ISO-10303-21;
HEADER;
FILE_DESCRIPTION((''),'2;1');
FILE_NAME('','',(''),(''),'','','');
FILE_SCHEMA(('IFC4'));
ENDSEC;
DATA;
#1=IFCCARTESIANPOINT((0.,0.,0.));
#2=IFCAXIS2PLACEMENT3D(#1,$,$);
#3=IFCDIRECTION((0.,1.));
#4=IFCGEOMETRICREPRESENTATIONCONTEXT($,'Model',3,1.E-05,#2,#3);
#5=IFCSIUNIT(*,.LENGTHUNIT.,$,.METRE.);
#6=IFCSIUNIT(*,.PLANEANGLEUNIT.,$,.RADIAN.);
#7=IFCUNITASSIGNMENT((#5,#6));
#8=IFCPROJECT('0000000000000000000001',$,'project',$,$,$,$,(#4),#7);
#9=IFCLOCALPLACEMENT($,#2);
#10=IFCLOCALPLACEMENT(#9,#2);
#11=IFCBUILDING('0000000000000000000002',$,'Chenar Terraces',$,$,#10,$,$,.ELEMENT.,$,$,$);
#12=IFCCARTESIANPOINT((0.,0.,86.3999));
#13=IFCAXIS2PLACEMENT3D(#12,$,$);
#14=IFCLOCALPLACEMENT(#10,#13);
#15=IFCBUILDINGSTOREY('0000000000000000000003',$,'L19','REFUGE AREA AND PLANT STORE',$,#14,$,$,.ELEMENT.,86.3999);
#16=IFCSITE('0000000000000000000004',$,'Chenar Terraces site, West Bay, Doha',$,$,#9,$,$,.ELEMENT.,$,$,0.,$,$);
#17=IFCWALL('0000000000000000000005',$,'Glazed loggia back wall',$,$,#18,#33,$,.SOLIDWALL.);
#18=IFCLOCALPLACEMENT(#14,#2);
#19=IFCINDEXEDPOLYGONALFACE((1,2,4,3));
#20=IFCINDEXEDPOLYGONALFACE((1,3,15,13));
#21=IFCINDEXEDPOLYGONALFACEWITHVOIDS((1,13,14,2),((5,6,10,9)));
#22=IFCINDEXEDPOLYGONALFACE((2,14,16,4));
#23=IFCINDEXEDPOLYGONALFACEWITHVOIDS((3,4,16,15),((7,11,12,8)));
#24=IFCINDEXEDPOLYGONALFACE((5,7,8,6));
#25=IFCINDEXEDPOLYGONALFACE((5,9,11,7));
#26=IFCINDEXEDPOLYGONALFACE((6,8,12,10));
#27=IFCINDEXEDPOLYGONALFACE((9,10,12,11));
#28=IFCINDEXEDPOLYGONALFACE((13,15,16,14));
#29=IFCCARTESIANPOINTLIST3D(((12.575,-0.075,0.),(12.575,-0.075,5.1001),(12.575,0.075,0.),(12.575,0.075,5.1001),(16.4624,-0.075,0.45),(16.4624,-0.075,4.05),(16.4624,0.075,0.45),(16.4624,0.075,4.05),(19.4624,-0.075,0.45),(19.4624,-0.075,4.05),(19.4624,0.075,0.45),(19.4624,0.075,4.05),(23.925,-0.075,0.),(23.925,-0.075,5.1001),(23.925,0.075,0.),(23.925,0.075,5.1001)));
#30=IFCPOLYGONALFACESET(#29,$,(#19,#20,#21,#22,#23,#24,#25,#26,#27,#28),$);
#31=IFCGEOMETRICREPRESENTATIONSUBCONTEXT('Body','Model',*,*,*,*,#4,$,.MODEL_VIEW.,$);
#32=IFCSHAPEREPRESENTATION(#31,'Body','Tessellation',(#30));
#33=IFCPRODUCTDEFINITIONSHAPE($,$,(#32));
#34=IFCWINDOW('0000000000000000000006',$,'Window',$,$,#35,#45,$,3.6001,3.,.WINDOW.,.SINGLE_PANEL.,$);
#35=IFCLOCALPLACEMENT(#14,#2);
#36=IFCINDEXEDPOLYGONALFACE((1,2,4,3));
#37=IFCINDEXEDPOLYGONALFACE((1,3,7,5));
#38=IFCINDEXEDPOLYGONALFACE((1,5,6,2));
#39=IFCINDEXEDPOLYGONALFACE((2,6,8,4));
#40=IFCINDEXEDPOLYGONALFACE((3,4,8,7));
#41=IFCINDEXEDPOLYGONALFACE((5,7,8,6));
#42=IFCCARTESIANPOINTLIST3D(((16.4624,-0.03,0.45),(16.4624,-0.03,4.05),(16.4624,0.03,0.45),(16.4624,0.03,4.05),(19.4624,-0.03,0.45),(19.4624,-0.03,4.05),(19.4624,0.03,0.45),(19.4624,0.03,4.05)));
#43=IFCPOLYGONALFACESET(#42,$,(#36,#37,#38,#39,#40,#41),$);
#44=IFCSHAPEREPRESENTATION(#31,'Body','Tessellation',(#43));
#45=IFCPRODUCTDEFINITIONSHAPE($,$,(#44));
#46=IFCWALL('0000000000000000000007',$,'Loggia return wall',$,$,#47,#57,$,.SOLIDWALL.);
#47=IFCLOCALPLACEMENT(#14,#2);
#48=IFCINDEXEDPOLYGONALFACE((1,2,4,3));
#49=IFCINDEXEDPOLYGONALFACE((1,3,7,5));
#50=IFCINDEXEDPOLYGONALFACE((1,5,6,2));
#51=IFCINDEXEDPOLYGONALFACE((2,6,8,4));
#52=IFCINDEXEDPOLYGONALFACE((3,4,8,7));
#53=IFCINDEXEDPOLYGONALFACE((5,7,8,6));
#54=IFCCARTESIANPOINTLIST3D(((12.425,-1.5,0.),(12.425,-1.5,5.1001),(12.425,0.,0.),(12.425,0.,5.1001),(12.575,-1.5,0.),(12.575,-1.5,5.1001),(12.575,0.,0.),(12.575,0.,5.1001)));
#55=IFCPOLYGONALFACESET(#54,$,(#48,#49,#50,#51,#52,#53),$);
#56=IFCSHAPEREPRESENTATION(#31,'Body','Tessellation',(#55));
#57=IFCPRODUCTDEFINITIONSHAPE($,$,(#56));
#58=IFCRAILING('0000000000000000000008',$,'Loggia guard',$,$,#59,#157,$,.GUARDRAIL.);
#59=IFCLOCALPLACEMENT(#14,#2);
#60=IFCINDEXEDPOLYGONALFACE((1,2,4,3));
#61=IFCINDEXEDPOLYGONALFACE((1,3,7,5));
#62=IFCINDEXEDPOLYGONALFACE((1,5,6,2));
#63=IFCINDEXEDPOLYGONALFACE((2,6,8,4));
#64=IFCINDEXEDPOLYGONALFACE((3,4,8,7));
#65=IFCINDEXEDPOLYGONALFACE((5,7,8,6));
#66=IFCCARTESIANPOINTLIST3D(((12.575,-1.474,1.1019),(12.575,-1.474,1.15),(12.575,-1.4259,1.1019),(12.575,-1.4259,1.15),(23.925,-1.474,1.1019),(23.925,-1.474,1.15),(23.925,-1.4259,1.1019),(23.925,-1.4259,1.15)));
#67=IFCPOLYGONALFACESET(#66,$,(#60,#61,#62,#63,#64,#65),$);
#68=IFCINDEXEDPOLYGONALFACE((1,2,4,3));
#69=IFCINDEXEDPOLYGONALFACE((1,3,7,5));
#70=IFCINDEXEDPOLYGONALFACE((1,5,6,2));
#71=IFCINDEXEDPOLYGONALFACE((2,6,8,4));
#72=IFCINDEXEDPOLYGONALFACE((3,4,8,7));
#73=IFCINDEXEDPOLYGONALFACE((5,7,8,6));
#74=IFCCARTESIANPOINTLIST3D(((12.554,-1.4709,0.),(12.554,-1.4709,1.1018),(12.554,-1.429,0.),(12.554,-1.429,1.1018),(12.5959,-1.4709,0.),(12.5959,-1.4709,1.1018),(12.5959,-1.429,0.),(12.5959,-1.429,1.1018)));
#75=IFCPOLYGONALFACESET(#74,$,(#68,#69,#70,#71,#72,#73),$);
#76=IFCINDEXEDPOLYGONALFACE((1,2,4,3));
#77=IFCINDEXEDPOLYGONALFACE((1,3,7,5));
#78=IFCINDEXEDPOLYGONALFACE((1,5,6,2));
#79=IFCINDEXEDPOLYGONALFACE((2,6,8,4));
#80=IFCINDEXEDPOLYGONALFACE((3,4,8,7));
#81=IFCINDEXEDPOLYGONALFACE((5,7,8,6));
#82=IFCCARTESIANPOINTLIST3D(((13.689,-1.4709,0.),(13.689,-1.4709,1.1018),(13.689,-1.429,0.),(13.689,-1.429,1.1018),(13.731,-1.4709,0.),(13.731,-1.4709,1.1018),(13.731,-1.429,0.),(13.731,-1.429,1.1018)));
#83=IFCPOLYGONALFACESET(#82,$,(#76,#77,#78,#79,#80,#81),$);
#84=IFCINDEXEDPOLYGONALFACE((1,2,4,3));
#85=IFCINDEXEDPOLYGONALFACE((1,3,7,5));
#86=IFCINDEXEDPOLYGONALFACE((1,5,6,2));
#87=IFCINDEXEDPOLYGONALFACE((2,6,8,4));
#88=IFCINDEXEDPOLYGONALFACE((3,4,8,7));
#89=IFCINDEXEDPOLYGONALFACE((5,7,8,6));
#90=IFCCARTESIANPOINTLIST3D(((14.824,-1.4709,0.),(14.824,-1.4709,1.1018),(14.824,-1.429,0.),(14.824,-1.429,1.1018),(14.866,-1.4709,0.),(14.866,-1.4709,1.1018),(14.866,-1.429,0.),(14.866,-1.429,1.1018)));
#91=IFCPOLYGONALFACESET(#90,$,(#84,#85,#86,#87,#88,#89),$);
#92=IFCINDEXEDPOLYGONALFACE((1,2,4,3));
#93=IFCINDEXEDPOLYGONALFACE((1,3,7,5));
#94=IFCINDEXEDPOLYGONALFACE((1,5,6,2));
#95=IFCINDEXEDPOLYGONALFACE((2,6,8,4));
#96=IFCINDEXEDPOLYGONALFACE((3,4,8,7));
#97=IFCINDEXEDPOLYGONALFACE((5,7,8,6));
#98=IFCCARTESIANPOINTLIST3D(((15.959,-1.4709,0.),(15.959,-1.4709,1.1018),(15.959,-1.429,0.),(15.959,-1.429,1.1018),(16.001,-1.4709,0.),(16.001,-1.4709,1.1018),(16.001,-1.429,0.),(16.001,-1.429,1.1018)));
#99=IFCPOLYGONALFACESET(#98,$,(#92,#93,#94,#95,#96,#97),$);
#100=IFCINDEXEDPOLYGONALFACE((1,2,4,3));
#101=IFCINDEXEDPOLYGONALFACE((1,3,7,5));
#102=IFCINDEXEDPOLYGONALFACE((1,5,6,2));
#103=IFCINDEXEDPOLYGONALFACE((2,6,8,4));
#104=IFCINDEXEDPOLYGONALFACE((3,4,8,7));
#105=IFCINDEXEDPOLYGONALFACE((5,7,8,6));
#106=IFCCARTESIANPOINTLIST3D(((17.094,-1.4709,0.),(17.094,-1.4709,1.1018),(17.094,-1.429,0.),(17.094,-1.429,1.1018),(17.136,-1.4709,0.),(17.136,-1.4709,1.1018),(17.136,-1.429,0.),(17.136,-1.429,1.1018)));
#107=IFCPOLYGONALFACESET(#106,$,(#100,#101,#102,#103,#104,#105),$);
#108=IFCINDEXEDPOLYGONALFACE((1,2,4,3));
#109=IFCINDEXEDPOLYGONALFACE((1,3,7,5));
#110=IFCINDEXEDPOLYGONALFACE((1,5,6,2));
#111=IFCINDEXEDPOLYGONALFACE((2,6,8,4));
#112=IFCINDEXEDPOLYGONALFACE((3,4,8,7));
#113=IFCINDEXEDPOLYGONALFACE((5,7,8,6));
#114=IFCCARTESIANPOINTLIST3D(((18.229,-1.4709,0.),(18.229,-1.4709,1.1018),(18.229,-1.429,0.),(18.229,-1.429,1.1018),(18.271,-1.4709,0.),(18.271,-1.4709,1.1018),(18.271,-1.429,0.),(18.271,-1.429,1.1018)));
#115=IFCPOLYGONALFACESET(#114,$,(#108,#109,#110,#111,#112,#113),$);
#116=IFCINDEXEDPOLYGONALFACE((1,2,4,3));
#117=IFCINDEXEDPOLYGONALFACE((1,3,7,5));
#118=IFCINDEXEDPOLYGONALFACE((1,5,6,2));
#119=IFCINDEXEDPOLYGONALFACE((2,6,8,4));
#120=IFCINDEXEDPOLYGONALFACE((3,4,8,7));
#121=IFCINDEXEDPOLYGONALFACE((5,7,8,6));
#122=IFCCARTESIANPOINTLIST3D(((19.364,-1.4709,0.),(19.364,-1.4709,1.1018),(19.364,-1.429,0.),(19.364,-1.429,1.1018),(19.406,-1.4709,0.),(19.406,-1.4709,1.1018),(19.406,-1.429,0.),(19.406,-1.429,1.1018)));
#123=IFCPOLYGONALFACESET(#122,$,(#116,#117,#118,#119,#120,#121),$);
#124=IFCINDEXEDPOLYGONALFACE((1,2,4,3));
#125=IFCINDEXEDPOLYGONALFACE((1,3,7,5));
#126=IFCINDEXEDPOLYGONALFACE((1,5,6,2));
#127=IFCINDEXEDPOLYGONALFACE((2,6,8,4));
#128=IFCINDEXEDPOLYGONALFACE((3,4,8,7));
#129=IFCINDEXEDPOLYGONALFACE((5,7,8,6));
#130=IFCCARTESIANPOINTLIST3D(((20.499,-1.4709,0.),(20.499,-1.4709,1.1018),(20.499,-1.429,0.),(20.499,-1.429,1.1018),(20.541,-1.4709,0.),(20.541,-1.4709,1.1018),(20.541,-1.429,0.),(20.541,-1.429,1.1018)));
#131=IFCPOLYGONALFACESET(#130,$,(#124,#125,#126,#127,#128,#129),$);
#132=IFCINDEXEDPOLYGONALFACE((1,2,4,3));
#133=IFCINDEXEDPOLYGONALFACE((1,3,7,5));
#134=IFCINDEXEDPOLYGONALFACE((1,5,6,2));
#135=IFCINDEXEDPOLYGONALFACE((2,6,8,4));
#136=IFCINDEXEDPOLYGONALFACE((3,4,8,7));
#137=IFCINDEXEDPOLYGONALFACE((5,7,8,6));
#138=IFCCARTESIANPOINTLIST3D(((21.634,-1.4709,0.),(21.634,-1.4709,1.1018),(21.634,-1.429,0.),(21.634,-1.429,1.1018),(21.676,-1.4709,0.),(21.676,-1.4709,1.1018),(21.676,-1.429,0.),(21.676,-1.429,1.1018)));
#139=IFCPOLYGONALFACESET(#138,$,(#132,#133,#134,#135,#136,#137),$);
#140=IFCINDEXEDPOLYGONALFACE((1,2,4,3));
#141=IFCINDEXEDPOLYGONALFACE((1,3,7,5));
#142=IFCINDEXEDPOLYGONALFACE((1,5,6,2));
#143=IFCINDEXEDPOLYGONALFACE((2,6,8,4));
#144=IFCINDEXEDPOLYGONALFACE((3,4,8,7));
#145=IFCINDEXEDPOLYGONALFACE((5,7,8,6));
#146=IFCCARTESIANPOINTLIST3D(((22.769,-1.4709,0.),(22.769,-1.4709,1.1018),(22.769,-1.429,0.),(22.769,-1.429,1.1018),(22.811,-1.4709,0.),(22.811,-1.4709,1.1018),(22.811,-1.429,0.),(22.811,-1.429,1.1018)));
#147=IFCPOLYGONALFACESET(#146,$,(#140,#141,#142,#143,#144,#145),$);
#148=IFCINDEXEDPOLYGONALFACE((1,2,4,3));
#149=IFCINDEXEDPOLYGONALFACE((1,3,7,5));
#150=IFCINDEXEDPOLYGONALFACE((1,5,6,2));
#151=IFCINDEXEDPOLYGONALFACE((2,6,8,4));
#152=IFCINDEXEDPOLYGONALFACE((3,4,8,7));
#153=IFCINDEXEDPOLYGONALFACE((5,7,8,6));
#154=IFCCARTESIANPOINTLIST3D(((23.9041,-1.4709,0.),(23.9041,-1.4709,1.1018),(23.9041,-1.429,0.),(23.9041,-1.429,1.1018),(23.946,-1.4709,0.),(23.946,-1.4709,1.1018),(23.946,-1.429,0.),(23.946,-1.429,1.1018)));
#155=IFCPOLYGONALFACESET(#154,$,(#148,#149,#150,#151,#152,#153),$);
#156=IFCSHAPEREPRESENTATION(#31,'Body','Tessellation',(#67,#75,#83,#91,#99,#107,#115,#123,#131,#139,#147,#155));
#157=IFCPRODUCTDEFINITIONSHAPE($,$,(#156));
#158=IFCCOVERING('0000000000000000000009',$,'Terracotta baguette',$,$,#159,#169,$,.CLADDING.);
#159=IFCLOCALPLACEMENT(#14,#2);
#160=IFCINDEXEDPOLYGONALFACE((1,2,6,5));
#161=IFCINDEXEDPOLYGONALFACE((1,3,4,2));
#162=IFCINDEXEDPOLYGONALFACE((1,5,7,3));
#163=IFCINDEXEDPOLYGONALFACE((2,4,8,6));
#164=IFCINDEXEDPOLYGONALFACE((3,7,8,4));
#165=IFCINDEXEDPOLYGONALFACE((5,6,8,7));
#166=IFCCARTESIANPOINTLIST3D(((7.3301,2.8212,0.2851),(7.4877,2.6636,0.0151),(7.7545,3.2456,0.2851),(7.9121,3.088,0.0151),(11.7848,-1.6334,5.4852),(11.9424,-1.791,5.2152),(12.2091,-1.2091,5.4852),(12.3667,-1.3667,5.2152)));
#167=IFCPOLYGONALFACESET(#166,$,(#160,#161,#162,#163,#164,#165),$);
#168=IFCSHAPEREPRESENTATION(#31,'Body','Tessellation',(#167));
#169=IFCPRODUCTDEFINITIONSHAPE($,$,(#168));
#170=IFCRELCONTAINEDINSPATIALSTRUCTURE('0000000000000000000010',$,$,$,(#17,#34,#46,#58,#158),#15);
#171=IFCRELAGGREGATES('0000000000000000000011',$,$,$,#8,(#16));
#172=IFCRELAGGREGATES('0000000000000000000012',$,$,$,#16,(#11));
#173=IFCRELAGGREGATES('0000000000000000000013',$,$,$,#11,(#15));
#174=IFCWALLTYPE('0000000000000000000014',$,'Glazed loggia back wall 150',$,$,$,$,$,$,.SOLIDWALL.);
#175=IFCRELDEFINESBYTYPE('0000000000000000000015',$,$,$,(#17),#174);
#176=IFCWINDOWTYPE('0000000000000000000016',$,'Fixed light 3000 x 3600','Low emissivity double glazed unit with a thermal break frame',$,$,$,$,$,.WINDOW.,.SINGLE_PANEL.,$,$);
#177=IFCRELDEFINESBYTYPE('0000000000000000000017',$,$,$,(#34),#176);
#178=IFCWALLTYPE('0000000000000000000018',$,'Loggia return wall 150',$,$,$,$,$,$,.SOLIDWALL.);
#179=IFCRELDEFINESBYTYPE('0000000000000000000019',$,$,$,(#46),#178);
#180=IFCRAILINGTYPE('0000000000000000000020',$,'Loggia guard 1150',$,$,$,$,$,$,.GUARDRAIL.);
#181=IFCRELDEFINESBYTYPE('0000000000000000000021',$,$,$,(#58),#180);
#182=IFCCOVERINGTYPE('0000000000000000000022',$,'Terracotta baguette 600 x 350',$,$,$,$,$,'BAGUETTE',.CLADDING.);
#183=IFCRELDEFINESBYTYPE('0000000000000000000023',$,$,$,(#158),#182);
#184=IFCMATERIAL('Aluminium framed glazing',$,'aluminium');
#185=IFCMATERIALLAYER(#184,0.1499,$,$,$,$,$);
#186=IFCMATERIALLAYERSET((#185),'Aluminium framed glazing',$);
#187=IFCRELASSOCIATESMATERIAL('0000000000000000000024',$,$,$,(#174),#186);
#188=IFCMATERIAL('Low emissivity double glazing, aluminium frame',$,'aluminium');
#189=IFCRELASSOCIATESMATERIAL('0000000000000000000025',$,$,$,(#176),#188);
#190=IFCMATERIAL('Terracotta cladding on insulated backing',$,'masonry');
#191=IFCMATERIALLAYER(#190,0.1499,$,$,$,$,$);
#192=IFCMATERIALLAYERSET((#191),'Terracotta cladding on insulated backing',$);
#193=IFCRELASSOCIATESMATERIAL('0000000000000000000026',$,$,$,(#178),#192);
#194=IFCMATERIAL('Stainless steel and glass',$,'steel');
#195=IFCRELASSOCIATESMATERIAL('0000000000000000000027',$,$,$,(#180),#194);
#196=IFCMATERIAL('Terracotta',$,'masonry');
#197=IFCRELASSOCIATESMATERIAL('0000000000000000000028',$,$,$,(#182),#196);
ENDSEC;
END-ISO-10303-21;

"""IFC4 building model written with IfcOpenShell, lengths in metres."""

from ifc_helpers import new_model, si_unit, direction, frame, frame_2d, origin, origin_2d, place, context, subcontext, project, spatial, rectangle, extrude, material, layer, layer_set, material_profile, profile_set, type_object, element, fill, save


model = new_model("IFC4")

# Units and contexts
model_context = context("Model", 3, precision=1e-05, world=origin(), true_north=direction((0.0, 1.0)))
body_context = subcontext(model_context, "Body", "Model", "MODEL_VIEW")
ifc_project = project(units=[si_unit("LENGTHUNIT", "METRE"), si_unit("PLANEANGLEUNIT", "RADIAN")], contexts=[model_context])

# Site, building, storey
site_placement = place(None, origin())
site = spatial("IfcSite", under=ifc_project, at=site_placement, Name="Chenar Terraces site, West Bay, Doha", CompositionType="ELEMENT", RefElevation=0.0)
building_placement = place(site_placement, origin())
building = spatial("IfcBuilding", under=site, at=building_placement, Name="Chenar Terraces", CompositionType="ELEMENT")
storey_placement = place(building_placement, frame((0.0, 0.0, 86.3999)))
storey = spatial("IfcBuildingStorey", under=building, at=storey_placement, Name="L19", Description="REFUGE AREA AND PLANT STORE", CompositionType="ELEMENT", Elevation=86.3999)

# Wall, opening, window
ifc_material_1 = material(Name="Aluminium framed glazing", Category="aluminium")
ifc_layer_1 = layer(ifc_material_1, 0.1499)
ifc_layer_set_1 = layer_set([ifc_layer_1], Name="Aluminium framed glazing")
wall_type_1 = type_object("IfcWallType", Name="Glazed loggia back wall 150", PredefinedType="SOLIDWALL", material=ifc_layer_set_1)
wall_1_placement = place(storey_placement, frame((12.575, 0.0, 0.0), z_axis=(0.0, 0.0, 1.0), x_axis=(1.0, 0.0, 0.0)))
wall_1 = element("IfcWall", 1, at=wall_1_placement, inside=storey, type_object=wall_type_1, Name="Glazed loggia back wall", PredefinedType="SOLIDWALL", context=body_context, shape_type="SweptSolid", body=[
    extrude(rectangle(XDim=11.3501, YDim=0.1499, at=frame_2d((5.675, 0.0))), origin(), (0.0, 0.0, 1.0), 5.1001),
])
opening_1_placement = place(wall_1_placement, frame((3.8875, 0.0, 0.45)))
opening_1 = element("IfcOpeningElement", 2, at=opening_1_placement, cuts=wall_1, PredefinedType="OPENING", context=body_context, shape_type="SweptSolid", body=[
    extrude(rectangle(XDim=3.0, YDim=3.6001, at=frame_2d((1.5, 1.8))), frame((0.0, 0.085, 0.0), z_axis=(0.0, -1.0, 0.0), x_axis=(1.0, 0.0, 0.0)), (0.0, 0.0, 1.0), 0.1699),
])
ifc_material_2 = material(Name="Low emissivity double glazing, aluminium frame", Category="aluminium")
window_type = type_object("IfcWindowType", Name="Fixed light 3000 x 3600", Description="Low emissivity double glazed unit with a thermal break frame", PartitioningType="SINGLE_PANEL", PredefinedType="WINDOW", material=ifc_material_2)
window_placement = place(opening_1_placement, origin())
window = element("IfcWindow", 3, at=window_placement, inside=storey, type_object=window_type, Name="Window", OverallHeight=3.6001, OverallWidth=3.0, PartitioningType="SINGLE_PANEL", PredefinedType="WINDOW", context=body_context, shape_type="SweptSolid", body=[
    extrude(rectangle(XDim=3.0, YDim=3.6001, at=frame_2d((1.5, 1.8))), frame((0.0, 0.03, 0.0), z_axis=(0.0, -1.0, 0.0), x_axis=(1.0, 0.0, 0.0)), (0.0, 0.0, 1.0), 0.0601),
])
fill(opening_1, window)

# Wall
ifc_material_3 = material(Name="Terracotta cladding on insulated backing", Category="masonry")
ifc_layer_2 = layer(ifc_material_3, 0.1499)
ifc_layer_set_2 = layer_set([ifc_layer_2], Name="Terracotta cladding on insulated backing")
wall_type_2 = type_object("IfcWallType", Name="Loggia return wall 150", PredefinedType="SOLIDWALL", material=ifc_layer_set_2)
wall_2_placement = place(storey_placement, frame((12.5, -1.5, 0.0), z_axis=(0.0, 0.0, 1.0), x_axis=(0.0, 1.0, 0.0)))
element("IfcWall", 4, at=wall_2_placement, inside=storey, type_object=wall_type_2, Name="Loggia return wall", PredefinedType="SOLIDWALL", context=body_context, shape_type="SweptSolid", body=[
    extrude(rectangle(XDim=1.5, YDim=0.1499, at=frame_2d((0.75, 0.0))), origin(), (0.0, 0.0, 1.0), 5.1001),
])

# Railing
ifc_material_4 = material(Name="Stainless steel and glass", Category="steel")
railing_type = type_object("IfcRailingType", Name="Loggia guard 1150", PredefinedType="GUARDRAIL", material=ifc_material_4)
railing_placement = place(storey_placement, frame((12.575, -1.45, 0.0)))
element("IfcRailing", 5, at=railing_placement, inside=storey, type_object=railing_type, Name="Loggia guard", PredefinedType="GUARDRAIL", context=body_context, shape_type="SweptSolid", body=[
    extrude(rectangle(XDim=0.0481, YDim=0.0481, at=origin_2d()), frame((0.0, 0.0, 1.126), z_axis=(1.0, 0.0, 0.0), x_axis=(0.0, 1.0, 0.0)), (0.0, 0.0, 1.0), 11.3501),
    extrude(rectangle(XDim=0.042, YDim=0.042, at=origin_2d()), origin(), (0.0, 0.0, 1.0), 1.1018),
    extrude(rectangle(XDim=0.042, YDim=0.042, at=origin_2d()), frame((1.135, 0.0, 0.0)), (0.0, 0.0, 1.0), 1.1018),
    extrude(rectangle(XDim=0.042, YDim=0.042, at=origin_2d()), frame((2.27, 0.0, 0.0)), (0.0, 0.0, 1.0), 1.1018),
    extrude(rectangle(XDim=0.042, YDim=0.042, at=origin_2d()), frame((3.405, 0.0, 0.0)), (0.0, 0.0, 1.0), 1.1018),
    extrude(rectangle(XDim=0.042, YDim=0.042, at=origin_2d()), frame((4.54, 0.0, 0.0)), (0.0, 0.0, 1.0), 1.1018),
    extrude(rectangle(XDim=0.042, YDim=0.042, at=origin_2d()), frame((5.675, 0.0, 0.0)), (0.0, 0.0, 1.0), 1.1018),
    extrude(rectangle(XDim=0.042, YDim=0.042, at=origin_2d()), frame((6.8101, 0.0, 0.0)), (0.0, 0.0, 1.0), 1.1018),
    extrude(rectangle(XDim=0.042, YDim=0.042, at=origin_2d()), frame((7.9451, 0.0, 0.0)), (0.0, 0.0, 1.0), 1.1018),
    extrude(rectangle(XDim=0.042, YDim=0.042, at=origin_2d()), frame((9.0801, 0.0, 0.0)), (0.0, 0.0, 1.0), 1.1018),
    extrude(rectangle(XDim=0.042, YDim=0.042, at=origin_2d()), frame((10.2151, 0.0, 0.0)), (0.0, 0.0, 1.0), 1.1018),
    extrude(rectangle(XDim=0.042, YDim=0.042, at=origin_2d()), frame((11.3501, 0.0, 0.0)), (0.0, 0.0, 1.0), 1.1018),
])

# Covering
ifc_material_5 = material(Name="Terracotta", Category="masonry")
ifc_material_profile = material_profile(ifc_material_5, rectangle(XDim=0.6001, YDim=0.3501, at=origin_2d()), Name="Terracotta baguette 600 x 350")
ifc_profile_set = profile_set([ifc_material_profile], Name="Terracotta")
covering_type = type_object("IfcCoveringType", Name="Terracotta baguette 600 x 350", ElementType="BAGUETTE", PredefinedType="CLADDING", material=ifc_profile_set)
covering_placement = place(storey_placement, frame((7.6211, 2.9546, 0.1501), z_axis=(0.54533, -0.54533, 0.636577), x_axis=(0.707107, 0.707107, 0.0)))
element("IfcCovering", 6, at=covering_placement, inside=storey, type_object=covering_type, Name="Terracotta baguette", PredefinedType="CLADDING", context=body_context, shape_type="SweptSolid", body=[
    extrude(rectangle(XDim=0.6001, YDim=0.3501, at=origin_2d()), origin(), (0.0, 0.0, 1.0), 8.1687),
])

save(model, "model.ifc")
